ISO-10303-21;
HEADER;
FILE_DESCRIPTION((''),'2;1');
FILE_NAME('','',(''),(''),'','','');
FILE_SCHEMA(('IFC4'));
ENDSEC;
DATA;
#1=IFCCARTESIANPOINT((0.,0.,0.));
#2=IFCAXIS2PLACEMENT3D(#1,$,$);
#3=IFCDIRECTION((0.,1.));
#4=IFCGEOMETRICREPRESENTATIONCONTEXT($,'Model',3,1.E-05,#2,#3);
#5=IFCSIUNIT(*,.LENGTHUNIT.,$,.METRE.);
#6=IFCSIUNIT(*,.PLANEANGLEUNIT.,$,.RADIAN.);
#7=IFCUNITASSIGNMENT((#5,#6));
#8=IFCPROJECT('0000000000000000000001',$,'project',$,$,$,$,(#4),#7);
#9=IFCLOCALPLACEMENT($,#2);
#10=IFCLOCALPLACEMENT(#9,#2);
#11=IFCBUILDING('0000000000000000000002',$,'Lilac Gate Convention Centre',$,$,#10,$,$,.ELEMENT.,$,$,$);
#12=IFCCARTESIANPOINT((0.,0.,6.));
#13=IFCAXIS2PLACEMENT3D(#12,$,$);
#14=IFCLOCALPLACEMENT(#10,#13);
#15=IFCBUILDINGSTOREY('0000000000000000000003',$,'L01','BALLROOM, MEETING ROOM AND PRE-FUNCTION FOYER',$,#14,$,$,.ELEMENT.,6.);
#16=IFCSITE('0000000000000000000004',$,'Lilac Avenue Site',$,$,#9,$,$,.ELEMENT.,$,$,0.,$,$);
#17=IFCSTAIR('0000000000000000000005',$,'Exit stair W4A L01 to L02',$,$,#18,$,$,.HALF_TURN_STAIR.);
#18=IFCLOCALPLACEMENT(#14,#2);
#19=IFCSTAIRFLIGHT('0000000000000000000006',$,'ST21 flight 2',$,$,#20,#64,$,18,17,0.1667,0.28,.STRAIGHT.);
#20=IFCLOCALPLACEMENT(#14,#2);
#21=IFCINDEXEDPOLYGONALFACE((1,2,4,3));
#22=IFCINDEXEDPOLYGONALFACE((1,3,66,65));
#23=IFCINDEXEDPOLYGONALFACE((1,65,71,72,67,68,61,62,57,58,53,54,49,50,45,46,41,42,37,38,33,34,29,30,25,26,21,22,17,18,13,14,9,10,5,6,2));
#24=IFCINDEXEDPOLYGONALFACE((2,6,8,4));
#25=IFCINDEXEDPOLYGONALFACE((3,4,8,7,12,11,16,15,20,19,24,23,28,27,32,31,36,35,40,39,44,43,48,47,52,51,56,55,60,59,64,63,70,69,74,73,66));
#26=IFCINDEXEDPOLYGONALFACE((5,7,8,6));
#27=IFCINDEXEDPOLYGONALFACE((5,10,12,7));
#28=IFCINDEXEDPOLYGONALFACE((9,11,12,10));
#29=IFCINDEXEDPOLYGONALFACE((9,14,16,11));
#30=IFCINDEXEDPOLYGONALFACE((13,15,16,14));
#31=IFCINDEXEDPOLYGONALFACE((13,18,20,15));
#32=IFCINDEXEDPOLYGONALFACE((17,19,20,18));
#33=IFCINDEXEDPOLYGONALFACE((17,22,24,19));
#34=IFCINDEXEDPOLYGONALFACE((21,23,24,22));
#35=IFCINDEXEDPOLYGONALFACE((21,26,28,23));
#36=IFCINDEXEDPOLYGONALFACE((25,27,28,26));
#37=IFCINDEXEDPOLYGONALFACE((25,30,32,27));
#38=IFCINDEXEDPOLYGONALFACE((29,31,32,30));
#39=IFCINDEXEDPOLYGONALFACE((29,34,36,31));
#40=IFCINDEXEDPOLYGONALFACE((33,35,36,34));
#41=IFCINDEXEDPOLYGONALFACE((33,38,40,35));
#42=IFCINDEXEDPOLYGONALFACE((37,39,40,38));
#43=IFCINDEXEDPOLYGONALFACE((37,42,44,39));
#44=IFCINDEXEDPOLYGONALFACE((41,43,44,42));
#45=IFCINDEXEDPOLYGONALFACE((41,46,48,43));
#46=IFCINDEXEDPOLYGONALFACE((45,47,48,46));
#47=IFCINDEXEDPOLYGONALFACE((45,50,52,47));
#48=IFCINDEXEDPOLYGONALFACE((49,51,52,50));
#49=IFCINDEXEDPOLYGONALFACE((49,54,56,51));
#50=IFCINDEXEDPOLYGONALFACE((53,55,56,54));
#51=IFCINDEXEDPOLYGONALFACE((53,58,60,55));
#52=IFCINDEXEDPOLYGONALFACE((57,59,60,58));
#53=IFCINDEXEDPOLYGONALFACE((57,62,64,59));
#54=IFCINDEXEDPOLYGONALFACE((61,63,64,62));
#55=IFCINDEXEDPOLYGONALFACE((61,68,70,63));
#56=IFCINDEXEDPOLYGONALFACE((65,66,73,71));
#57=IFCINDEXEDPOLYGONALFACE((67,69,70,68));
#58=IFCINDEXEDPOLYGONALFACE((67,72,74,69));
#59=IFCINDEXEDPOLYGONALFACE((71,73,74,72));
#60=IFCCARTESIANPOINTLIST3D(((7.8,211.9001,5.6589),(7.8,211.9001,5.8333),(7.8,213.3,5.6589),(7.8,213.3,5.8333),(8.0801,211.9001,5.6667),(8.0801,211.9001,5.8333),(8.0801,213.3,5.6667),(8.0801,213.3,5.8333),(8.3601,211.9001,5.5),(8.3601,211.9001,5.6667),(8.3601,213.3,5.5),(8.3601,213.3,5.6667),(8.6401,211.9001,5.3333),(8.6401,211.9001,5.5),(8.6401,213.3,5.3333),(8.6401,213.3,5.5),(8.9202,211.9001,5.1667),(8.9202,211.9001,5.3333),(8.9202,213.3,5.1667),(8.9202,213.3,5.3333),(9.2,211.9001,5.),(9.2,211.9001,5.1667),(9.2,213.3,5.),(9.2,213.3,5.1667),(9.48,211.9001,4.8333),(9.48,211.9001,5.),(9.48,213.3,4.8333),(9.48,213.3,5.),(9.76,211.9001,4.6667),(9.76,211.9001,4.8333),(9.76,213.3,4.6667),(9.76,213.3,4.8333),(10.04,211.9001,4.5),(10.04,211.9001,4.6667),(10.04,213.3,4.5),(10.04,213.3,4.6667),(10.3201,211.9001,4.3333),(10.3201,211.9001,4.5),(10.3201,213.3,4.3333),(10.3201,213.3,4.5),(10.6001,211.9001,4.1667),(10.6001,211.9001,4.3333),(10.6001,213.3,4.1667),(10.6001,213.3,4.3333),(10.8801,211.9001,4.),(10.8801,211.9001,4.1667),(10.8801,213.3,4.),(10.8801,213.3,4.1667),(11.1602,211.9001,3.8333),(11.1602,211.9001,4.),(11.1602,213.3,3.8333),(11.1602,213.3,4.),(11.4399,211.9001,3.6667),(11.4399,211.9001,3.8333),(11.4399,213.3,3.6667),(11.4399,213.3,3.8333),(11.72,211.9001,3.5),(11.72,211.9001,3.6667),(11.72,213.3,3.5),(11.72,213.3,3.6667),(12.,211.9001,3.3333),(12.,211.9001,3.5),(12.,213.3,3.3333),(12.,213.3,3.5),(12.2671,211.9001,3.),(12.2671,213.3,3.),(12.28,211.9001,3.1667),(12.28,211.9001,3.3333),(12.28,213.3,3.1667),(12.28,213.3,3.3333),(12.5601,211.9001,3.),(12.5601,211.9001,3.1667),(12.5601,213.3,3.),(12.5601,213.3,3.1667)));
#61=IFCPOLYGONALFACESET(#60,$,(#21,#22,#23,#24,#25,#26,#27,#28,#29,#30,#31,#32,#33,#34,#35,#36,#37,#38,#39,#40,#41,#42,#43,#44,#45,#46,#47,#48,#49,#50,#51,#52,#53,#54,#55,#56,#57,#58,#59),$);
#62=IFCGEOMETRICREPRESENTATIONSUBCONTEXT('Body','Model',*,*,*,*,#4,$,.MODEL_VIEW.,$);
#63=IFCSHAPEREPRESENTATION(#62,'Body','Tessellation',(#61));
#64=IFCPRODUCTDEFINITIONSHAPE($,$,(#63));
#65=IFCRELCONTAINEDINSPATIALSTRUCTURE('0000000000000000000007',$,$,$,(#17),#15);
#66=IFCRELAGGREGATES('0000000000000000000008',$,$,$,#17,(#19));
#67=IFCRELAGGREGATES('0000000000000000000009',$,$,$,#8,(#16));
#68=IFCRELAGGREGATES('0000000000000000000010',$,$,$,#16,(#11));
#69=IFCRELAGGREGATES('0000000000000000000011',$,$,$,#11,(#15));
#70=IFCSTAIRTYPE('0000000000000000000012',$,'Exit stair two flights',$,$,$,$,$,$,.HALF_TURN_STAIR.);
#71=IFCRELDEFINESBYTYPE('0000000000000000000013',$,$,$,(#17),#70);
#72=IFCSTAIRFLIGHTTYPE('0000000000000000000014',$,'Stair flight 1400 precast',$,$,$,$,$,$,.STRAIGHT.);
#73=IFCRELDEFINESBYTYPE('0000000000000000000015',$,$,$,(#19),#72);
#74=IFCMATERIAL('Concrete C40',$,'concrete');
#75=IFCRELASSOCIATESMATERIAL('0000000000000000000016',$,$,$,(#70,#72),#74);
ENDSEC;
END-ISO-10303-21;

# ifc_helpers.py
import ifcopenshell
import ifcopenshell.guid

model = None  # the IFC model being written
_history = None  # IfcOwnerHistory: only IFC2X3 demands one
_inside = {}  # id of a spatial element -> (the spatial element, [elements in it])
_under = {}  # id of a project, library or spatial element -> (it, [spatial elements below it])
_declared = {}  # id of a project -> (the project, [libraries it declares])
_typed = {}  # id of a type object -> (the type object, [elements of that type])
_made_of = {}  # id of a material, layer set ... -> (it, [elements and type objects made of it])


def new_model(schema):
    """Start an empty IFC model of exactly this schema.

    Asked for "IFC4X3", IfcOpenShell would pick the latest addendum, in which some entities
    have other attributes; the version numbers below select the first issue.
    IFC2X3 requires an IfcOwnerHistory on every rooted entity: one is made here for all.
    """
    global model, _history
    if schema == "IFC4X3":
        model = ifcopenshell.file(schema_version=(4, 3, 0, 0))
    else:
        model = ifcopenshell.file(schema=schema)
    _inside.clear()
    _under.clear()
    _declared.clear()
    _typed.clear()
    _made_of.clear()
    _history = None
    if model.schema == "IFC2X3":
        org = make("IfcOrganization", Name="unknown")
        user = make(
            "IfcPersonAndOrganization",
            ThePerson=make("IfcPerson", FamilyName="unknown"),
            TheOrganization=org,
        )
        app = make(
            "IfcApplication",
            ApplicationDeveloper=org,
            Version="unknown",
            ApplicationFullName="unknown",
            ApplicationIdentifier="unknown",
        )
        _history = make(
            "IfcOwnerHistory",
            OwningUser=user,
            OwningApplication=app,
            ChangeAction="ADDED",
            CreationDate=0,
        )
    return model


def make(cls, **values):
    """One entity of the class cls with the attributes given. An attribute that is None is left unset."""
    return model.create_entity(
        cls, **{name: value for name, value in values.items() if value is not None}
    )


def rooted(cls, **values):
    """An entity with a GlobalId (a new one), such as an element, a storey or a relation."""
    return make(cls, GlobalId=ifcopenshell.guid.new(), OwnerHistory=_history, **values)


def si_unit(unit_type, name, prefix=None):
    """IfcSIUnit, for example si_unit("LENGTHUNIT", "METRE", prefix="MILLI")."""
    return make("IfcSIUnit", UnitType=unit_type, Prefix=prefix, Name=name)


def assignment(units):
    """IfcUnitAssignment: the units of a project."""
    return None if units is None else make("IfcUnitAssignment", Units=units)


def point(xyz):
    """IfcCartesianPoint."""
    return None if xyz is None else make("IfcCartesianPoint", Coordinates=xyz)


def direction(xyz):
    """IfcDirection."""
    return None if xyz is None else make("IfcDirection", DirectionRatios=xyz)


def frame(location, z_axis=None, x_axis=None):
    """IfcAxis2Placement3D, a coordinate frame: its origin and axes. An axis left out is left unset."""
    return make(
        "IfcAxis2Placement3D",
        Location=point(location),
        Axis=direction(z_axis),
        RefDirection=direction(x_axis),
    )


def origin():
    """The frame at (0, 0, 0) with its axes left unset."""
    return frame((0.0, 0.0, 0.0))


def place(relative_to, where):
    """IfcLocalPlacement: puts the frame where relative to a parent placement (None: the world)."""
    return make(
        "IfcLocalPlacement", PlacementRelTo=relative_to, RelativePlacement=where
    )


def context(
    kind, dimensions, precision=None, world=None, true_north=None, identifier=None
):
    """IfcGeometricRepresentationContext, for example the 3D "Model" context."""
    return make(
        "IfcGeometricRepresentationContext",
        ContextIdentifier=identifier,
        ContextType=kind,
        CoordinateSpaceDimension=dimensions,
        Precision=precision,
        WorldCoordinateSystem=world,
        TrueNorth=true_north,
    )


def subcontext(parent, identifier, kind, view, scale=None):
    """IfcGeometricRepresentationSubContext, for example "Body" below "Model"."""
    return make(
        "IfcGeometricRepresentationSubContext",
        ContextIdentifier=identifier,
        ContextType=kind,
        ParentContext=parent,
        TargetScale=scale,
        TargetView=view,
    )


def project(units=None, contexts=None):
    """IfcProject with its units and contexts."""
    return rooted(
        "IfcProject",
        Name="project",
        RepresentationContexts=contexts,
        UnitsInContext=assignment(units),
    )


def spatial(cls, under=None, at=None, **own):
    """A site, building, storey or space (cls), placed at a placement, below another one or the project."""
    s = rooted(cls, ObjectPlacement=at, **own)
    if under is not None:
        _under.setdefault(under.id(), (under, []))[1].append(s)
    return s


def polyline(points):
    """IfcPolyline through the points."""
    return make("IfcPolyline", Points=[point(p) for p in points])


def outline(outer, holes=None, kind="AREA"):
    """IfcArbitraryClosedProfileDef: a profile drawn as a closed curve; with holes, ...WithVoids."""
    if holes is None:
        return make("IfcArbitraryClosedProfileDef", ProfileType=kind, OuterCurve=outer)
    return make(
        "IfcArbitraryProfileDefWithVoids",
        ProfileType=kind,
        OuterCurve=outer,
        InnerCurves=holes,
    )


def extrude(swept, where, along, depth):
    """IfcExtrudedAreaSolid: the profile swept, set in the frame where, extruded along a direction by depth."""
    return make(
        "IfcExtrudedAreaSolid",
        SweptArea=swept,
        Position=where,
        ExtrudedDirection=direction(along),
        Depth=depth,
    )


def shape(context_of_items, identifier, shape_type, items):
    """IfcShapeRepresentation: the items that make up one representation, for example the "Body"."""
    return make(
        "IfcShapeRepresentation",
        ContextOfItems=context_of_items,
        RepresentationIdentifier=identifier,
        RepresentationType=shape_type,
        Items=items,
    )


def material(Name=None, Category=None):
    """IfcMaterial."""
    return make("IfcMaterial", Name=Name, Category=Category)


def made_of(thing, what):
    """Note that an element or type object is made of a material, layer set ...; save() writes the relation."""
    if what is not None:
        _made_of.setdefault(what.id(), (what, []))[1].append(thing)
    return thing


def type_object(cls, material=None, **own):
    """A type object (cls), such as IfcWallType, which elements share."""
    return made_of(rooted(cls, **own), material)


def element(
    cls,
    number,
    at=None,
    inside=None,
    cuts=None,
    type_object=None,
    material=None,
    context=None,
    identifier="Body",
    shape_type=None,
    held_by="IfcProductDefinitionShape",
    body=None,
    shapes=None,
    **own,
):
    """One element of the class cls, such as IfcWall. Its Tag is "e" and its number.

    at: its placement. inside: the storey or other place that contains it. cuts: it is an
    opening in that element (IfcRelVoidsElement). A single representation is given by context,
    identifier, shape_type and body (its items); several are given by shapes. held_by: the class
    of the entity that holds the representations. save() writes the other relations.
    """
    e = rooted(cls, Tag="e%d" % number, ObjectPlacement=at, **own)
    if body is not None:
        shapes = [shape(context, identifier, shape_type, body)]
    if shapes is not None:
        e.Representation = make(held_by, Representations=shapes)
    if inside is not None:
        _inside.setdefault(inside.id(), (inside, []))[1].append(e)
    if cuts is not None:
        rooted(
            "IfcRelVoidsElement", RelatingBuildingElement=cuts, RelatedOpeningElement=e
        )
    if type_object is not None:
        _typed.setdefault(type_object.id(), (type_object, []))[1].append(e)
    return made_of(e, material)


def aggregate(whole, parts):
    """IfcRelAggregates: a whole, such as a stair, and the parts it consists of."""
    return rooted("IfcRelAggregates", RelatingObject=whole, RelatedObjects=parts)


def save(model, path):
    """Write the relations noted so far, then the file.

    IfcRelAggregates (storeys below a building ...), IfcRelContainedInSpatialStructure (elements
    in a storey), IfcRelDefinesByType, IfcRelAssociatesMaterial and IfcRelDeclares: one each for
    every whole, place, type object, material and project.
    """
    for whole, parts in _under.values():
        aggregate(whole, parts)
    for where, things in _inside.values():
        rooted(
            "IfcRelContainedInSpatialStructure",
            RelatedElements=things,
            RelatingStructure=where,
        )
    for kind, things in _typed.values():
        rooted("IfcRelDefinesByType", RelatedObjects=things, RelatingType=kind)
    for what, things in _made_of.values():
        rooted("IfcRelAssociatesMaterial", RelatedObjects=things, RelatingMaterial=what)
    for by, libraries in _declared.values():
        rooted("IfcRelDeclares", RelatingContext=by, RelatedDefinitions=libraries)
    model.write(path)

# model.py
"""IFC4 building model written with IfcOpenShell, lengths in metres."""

from ifc_helpers import new_model, si_unit, direction, frame, origin, place, context, subcontext, project, spatial, polyline, outline, extrude, material, type_object, element, aggregate, save


model = new_model("IFC4")

# Units and contexts
model_context = context("Model", 3, precision=1e-05, world=origin(), true_north=direction((0.0, 1.0)))
body_context = subcontext(model_context, "Body", "Model", "MODEL_VIEW")
ifc_project = project(units=[si_unit("LENGTHUNIT", "METRE"), si_unit("PLANEANGLEUNIT", "RADIAN")], contexts=[model_context])

# Site, building, storey
site_placement = place(None, origin())
site = spatial("IfcSite", under=ifc_project, at=site_placement, Name="Lilac Avenue Site", CompositionType="ELEMENT", RefElevation=0.0)
building_placement = place(site_placement, origin())
building = spatial("IfcBuilding", under=site, at=building_placement, Name="Lilac Gate Convention Centre", CompositionType="ELEMENT")
storey_placement = place(building_placement, frame((0.0, 0.0, 6.0)))
storey = spatial("IfcBuildingStorey", under=building, at=storey_placement, Name="L01", Description="BALLROOM, MEETING ROOM AND PRE-FUNCTION FOYER", CompositionType="ELEMENT", Elevation=6.0)

# Shared definitions
ifc_material_1 = material(Name="Concrete C40", Category="concrete")

# Stair, stair flight
stair_type = type_object("IfcStairType", Name="Exit stair two flights", PredefinedType="HALF_TURN_STAIR", material=ifc_material_1)
stair_placement = place(storey_placement, origin())
stair = element("IfcStair", 1, at=stair_placement, inside=storey, type_object=stair_type, Name="Exit stair W4A L01 to L02", PredefinedType="HALF_TURN_STAIR")
stair_flight_type = type_object("IfcStairFlightType", Name="Stair flight 1400 precast", PredefinedType="STRAIGHT", material=ifc_material_1)
stair_flight_1_placement = place(storey_placement, frame((12.5601, 212.6001, 3.0), z_axis=(0.0, 0.0, 1.0), x_axis=(-1.0, 0.0, 0.0)))
stair_flight_1 = element("IfcStairFlight", 2, at=stair_flight_1_placement, type_object=stair_flight_type, Name="ST21 flight 2", NumberOfRisers=18, NumberOfTreads=17, PredefinedType="STRAIGHT", RiserHeight=0.1667, TreadLength=0.28, context=body_context, shape_type="SweptSolid", body=[
    extrude(outline(polyline([(0.0, 0.0), (0.0, 0.1667), (0.28, 0.1667), (0.28, 0.3333), (0.5601, 0.3333), (0.5601, 0.5), (0.8401, 0.5), (0.8401, 0.6667), (1.1201, 0.6667), (1.1201, 0.8333), (1.3999, 0.8333), (1.3999, 1.0), (1.6799, 1.0), (1.6799, 1.1667), (1.96, 1.1667), (1.96, 1.3333), (2.24, 1.3333), (2.24, 1.5), (2.52, 1.5), (2.52, 1.6667), (2.8, 1.6667), (2.8, 1.8333), (3.0801, 1.8333), (3.0801, 2.0), (3.3601, 2.0), (3.3601, 2.1667), (3.6399, 2.1667), (3.6399, 2.3333), (3.9199, 2.3333), (3.9199, 2.5), (4.2, 2.5), (4.2, 2.6667), (4.48, 2.6667), (4.48, 2.8333), (4.76, 2.8333), (4.76, 3.0), (4.76, 2.6589), (0.293, 0.0), (0.0, 0.0)])), frame((0.0, 0.7, 0.0), z_axis=(0.0, -1.0, 0.0), x_axis=(1.0, 0.0, 0.0)), (0.0, 0.0, 1.0), 1.3999),
])
aggregate(stair, [stair_flight_1])

save(model, "model.ifc")
